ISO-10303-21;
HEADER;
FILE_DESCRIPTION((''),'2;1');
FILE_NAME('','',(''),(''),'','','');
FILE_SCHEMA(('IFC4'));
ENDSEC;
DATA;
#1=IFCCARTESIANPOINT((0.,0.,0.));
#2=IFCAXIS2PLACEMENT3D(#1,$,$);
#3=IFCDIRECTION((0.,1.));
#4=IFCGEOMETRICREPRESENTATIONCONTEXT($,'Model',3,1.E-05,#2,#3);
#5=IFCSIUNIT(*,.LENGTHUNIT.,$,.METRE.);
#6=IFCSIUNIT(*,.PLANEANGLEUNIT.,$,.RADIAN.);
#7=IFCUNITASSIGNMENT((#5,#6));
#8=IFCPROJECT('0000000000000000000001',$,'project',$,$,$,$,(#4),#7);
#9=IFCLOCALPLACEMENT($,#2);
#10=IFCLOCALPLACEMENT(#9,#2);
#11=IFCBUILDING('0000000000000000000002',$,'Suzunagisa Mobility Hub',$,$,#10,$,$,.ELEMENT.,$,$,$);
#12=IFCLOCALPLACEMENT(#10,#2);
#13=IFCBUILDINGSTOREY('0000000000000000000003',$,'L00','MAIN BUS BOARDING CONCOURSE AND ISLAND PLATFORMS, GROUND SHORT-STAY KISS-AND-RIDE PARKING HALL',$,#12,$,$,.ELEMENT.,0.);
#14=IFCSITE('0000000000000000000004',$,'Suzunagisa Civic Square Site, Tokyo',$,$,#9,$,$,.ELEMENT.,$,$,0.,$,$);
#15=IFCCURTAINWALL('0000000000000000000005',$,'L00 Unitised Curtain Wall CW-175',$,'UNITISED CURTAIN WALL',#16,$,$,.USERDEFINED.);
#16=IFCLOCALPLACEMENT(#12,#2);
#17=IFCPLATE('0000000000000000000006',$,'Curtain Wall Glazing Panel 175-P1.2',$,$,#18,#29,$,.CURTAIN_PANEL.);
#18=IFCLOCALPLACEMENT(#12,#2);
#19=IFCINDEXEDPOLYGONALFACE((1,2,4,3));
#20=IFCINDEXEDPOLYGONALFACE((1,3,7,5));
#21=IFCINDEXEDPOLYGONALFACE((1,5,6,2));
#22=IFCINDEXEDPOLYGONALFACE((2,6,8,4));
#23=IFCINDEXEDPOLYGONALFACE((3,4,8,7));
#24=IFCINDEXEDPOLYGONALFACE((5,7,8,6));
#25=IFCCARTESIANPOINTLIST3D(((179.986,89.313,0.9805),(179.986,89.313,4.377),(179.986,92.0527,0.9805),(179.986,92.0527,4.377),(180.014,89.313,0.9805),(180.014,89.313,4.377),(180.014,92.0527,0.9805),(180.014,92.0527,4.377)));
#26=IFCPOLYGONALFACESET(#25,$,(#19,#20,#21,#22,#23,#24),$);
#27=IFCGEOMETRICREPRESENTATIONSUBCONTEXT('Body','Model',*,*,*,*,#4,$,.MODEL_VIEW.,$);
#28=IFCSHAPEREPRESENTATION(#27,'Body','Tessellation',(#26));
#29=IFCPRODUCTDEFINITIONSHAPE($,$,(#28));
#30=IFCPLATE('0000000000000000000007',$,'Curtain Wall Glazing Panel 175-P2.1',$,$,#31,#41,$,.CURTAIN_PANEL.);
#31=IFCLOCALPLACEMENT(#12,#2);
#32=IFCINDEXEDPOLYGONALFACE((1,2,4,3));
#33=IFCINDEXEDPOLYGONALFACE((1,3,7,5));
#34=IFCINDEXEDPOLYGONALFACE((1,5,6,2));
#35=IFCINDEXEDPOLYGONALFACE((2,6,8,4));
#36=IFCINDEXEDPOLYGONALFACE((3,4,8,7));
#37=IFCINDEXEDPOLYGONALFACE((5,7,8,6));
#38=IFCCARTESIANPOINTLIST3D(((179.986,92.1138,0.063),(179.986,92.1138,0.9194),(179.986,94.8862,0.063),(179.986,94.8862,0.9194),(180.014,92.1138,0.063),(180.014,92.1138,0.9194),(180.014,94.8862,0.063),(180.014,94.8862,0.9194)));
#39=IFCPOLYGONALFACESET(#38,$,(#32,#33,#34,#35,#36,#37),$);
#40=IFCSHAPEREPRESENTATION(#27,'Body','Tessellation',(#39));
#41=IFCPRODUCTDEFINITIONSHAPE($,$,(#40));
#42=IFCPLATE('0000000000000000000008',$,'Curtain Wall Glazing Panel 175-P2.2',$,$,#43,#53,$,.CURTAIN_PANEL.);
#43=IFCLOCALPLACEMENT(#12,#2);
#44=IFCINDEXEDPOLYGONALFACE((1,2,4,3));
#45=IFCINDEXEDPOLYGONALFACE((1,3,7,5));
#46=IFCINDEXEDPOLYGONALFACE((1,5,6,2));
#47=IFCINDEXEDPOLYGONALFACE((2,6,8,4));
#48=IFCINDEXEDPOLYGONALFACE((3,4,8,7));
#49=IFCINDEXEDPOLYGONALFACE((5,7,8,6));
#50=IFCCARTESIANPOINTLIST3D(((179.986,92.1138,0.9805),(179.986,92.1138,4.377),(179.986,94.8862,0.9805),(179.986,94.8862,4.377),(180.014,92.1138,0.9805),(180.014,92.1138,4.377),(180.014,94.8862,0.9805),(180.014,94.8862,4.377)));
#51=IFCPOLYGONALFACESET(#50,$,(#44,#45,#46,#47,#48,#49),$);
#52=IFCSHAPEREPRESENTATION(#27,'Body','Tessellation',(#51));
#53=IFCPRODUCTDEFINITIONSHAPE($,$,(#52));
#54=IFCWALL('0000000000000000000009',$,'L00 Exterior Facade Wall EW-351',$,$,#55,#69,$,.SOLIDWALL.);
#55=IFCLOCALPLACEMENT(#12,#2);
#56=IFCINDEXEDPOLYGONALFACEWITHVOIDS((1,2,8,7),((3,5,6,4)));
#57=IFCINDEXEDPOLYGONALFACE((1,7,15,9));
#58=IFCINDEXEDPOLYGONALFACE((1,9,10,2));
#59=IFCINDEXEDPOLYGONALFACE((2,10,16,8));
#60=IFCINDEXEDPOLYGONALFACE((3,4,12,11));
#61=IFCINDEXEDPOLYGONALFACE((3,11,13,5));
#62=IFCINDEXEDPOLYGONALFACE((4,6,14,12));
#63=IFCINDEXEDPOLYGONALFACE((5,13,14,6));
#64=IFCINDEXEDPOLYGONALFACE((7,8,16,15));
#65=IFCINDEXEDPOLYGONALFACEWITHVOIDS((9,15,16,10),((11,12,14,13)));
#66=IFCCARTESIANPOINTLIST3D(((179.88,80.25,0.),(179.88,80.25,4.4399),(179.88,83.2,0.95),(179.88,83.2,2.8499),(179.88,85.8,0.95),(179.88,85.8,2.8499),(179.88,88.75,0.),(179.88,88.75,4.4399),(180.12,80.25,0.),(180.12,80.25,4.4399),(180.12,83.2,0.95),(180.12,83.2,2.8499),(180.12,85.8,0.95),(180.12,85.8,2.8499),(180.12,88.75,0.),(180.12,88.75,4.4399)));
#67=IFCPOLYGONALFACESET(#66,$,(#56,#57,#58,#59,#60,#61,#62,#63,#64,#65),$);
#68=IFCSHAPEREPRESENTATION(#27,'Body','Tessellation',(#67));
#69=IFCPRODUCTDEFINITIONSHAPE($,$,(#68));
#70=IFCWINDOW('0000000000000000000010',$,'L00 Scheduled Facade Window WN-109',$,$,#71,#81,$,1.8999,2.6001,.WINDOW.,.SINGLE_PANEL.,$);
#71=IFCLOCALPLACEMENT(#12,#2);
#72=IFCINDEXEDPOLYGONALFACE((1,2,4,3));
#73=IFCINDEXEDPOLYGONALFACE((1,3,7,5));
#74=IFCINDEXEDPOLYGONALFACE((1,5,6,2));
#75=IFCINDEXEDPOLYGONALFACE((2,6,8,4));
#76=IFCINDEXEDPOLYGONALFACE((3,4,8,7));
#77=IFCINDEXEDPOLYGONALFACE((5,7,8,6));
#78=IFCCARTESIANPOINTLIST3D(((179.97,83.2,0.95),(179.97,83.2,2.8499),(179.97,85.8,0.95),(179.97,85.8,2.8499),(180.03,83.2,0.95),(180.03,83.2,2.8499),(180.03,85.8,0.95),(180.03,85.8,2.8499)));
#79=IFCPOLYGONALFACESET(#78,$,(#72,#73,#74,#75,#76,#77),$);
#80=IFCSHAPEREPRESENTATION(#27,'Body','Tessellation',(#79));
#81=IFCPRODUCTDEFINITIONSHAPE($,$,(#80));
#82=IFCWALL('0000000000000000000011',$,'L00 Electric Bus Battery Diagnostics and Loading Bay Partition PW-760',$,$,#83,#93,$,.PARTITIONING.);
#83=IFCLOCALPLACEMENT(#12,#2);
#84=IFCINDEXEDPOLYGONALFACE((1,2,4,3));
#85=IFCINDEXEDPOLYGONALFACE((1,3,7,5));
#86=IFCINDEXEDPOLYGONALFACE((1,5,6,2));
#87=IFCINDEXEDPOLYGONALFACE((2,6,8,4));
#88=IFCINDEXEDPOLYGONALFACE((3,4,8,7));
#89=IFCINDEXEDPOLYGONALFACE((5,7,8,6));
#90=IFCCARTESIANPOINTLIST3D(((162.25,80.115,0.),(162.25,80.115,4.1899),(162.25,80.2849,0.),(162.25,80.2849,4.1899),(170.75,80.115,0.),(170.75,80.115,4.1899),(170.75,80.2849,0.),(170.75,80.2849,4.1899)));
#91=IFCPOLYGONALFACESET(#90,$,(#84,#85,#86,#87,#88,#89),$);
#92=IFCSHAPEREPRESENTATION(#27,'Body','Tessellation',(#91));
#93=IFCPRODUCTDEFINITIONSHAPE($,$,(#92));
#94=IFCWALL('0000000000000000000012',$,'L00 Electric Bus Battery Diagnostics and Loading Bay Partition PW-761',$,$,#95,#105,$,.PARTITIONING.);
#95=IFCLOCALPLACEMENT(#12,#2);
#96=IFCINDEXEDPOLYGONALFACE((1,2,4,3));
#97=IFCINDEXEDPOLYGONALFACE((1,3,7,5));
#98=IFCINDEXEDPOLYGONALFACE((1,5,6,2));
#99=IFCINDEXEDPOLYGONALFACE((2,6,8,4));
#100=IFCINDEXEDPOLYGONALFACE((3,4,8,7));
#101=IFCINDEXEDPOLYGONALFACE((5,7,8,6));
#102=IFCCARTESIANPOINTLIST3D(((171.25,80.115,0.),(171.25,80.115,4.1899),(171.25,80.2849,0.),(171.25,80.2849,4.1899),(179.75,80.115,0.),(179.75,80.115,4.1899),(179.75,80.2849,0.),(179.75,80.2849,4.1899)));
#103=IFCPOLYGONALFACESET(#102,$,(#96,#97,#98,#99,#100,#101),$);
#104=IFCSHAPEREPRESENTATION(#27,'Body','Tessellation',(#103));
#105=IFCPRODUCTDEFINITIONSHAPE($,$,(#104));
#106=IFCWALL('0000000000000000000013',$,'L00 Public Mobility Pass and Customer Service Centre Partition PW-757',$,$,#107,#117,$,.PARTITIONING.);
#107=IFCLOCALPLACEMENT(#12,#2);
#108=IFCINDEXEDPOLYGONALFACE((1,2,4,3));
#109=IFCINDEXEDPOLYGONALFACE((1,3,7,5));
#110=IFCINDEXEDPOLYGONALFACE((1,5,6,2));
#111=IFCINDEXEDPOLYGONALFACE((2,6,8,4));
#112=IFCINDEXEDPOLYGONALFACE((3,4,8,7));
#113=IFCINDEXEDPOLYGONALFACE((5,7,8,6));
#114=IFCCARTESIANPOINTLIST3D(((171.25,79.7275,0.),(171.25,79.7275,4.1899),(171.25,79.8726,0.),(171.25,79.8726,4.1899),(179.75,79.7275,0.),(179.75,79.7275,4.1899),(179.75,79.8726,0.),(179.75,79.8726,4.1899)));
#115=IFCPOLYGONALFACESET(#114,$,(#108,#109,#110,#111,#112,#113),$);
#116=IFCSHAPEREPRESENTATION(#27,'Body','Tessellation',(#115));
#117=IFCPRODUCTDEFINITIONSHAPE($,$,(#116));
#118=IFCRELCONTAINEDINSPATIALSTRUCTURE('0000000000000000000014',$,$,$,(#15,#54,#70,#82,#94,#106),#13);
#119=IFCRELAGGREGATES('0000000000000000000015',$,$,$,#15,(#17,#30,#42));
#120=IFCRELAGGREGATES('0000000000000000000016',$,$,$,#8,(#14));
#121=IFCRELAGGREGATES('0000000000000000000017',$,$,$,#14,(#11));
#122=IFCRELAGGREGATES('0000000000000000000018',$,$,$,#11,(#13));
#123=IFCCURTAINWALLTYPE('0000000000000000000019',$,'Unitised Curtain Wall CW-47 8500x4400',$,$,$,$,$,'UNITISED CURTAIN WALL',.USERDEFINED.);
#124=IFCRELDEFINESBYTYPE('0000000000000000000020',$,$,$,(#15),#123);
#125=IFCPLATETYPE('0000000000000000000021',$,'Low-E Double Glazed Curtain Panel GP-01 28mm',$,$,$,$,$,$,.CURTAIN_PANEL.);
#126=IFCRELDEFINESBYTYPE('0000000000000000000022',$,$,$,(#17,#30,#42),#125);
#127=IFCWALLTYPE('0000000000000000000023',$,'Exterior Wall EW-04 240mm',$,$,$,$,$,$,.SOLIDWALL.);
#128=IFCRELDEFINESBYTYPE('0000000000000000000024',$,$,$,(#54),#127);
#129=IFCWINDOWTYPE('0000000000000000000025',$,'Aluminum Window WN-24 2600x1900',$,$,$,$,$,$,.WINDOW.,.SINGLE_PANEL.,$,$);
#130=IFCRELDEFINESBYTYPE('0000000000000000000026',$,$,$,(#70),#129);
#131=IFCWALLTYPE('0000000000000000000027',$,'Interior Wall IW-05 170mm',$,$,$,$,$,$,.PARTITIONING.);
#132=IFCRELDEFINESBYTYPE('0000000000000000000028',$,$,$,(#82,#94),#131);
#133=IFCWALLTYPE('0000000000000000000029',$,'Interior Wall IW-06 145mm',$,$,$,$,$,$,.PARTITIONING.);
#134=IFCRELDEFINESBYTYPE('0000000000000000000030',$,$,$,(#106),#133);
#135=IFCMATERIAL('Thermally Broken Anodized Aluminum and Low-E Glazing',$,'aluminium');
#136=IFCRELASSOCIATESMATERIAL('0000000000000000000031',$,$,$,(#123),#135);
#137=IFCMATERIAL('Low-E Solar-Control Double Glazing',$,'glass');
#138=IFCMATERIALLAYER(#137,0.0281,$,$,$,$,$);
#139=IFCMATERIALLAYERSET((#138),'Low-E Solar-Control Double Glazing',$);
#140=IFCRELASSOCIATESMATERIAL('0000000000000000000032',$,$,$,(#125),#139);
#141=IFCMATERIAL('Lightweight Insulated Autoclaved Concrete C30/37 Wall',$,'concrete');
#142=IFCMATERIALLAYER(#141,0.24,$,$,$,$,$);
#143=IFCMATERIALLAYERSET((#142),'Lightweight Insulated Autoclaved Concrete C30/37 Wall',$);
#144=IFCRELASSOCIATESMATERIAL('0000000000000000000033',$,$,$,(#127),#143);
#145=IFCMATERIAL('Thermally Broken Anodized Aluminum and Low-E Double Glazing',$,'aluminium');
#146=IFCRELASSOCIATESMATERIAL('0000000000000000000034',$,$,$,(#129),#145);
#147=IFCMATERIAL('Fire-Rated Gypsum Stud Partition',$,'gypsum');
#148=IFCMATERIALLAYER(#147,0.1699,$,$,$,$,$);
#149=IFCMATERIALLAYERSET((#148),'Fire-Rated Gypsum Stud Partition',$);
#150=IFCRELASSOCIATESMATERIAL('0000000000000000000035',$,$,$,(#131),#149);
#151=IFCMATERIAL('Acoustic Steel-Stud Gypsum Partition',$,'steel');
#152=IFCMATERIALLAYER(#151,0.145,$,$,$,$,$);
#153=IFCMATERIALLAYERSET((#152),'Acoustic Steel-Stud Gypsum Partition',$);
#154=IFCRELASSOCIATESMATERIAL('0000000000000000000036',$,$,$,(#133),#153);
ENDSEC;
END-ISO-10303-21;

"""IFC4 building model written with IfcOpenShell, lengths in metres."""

from ifc_helpers import new_model, si_unit, direction, frame, frame_2d, origin, origin_2d, place, context, subcontext, project, spatial, rectangle, extrude, material, layer, layer_set, type_object, element, fill, aggregate, save


model = new_model("IFC4")

# Units and contexts
model_context = context("Model", 3, precision=1e-05, world=origin(), true_north=direction((0.0, 1.0)))
body_context = subcontext(model_context, "Body", "Model", "MODEL_VIEW")
ifc_project = project(units=[si_unit("LENGTHUNIT", "METRE"), si_unit("PLANEANGLEUNIT", "RADIAN")], contexts=[model_context])

# Site, building, storey
site_placement = place(None, origin())
site = spatial("IfcSite", under=ifc_project, at=site_placement, Name="Suzunagisa Civic Square Site, Tokyo", CompositionType="ELEMENT", RefElevation=0.0)
building_placement = place(site_placement, origin())
building = spatial("IfcBuilding", under=site, at=building_placement, Name="Suzunagisa Mobility Hub", CompositionType="ELEMENT")
storey_placement = place(building_placement, origin())
storey = spatial("IfcBuildingStorey", under=building, at=storey_placement, Name="L00", Description="MAIN BUS BOARDING CONCOURSE AND ISLAND PLATFORMS, GROUND SHORT-STAY KISS-AND-RIDE PARKING HALL", CompositionType="ELEMENT", Elevation=0.0)

# Curtain wall
ifc_material_1 = material(Name="Thermally Broken Anodized Aluminum and Low-E Glazing", Category="aluminium")
curtain_wall_type = type_object("IfcCurtainWallType", Name="Unitised Curtain Wall CW-47 8500x4400", ElementType="UNITISED CURTAIN WALL", PredefinedType="USERDEFINED", material=ifc_material_1)
curtain_wall_placement = place(storey_placement, origin())
curtain_wall = element("IfcCurtainWall", 1, at=curtain_wall_placement, inside=storey, type_object=curtain_wall_type, Name="L00 Unitised Curtain Wall CW-175", ObjectType="UNITISED CURTAIN WALL", PredefinedType="USERDEFINED")

# Plates
ifc_material_2 = material(Name="Low-E Solar-Control Double Glazing", Category="glass")
ifc_layer_1 = layer(ifc_material_2, 0.0281)
ifc_layer_set_1 = layer_set([ifc_layer_1], Name="Low-E Solar-Control Double Glazing")
plate_type = type_object("IfcPlateType", Name="Low-E Double Glazed Curtain Panel GP-01 28mm", PredefinedType="CURTAIN_PANEL", material=ifc_layer_set_1)
plate_1_placement = place(storey_placement, frame((180.0, 90.6829, 0.9805), z_axis=(0.0, 0.0, 1.0), x_axis=(0.0, 1.0, 0.0)))
plate_1 = element("IfcPlate", 2, at=plate_1_placement, type_object=plate_type, Name="Curtain Wall Glazing Panel 175-P1.2", PredefinedType="CURTAIN_PANEL", context=body_context, shape_type="SweptSolid", body=[
    extrude(rectangle(XDim=2.7397, YDim=0.0281, at=origin_2d()), origin(), (0.0, 0.0, 1.0), 3.3965),
])
plate_2_placement = place(storey_placement, frame((180.0, 93.5, 0.063), z_axis=(0.0, 0.0, 1.0), x_axis=(0.0, 1.0, 0.0)))
plate_2 = element("IfcPlate", 3, at=plate_2_placement, type_object=plate_type, Name="Curtain Wall Glazing Panel 175-P2.1", PredefinedType="CURTAIN_PANEL", context=body_context, shape_type="SweptSolid", body=[
    extrude(rectangle(XDim=2.7725, YDim=0.0281, at=origin_2d()), origin(), (0.0, 0.0, 1.0), 0.8564),
])
plate_3_placement = place(storey_placement, frame((180.0, 93.5, 0.9805), z_axis=(0.0, 0.0, 1.0), x_axis=(0.0, 1.0, 0.0)))
plate_3 = element("IfcPlate", 4, at=plate_3_placement, type_object=plate_type, Name="Curtain Wall Glazing Panel 175-P2.2", PredefinedType="CURTAIN_PANEL", context=body_context, shape_type="SweptSolid", body=[
    extrude(rectangle(XDim=2.7725, YDim=0.0281, at=origin_2d()), origin(), (0.0, 0.0, 1.0), 3.3965),
])
aggregate(curtain_wall, [plate_1, plate_2, plate_3])

# Wall, opening, window
ifc_material_3 = material(Name="Lightweight Insulated Autoclaved Concrete C30/37 Wall", Category="concrete")
ifc_layer_2 = layer(ifc_material_3, 0.24)
ifc_layer_set_2 = layer_set([ifc_layer_2], Name="Lightweight Insulated Autoclaved Concrete C30/37 Wall")
wall_type_1 = type_object("IfcWallType", Name="Exterior Wall EW-04 240mm", PredefinedType="SOLIDWALL", material=ifc_layer_set_2)
wall_1_placement = place(storey_placement, frame((180.0, 80.25, 0.0), z_axis=(0.0, 0.0, 1.0), x_axis=(0.0, 1.0, 0.0)))
wall_1 = element("IfcWall", 5, at=wall_1_placement, inside=storey, type_object=wall_type_1, Name="L00 Exterior Facade Wall EW-351", PredefinedType="SOLIDWALL", context=body_context, shape_type="SweptSolid", body=[
    extrude(rectangle(XDim=8.5, YDim=0.24, at=frame_2d((4.25, 0.0))), origin(), (0.0, 0.0, 1.0), 4.4399),
])
opening_placement = place(wall_1_placement, frame((2.95, 0.0, 0.95)))
opening = element("IfcOpeningElement", 6, at=opening_placement, cuts=wall_1, PredefinedType="OPENING", context=body_context, shape_type="SweptSolid", body=[
    extrude(rectangle(XDim=2.6001, YDim=1.8999, at=frame_2d((1.3, 0.95))), frame((0.0, 0.1309, 0.0), z_axis=(0.0, -1.0, 0.0), x_axis=(1.0, 0.0, 0.0)), (0.0, 0.0, 1.0), 0.262),
])
ifc_material_4 = material(Name="Thermally Broken Anodized Aluminum and Low-E Double Glazing", Category="aluminium")
window_type = type_object("IfcWindowType", Name="Aluminum Window WN-24 2600x1900", PartitioningType="SINGLE_PANEL", PredefinedType="WINDOW", material=ifc_material_4)
window_placement = place(opening_placement, origin())
window = element("IfcWindow", 7, at=window_placement, inside=storey, type_object=window_type, Name="L00 Scheduled Facade Window WN-109", OverallHeight=1.8999, OverallWidth=2.6001, PartitioningType="SINGLE_PANEL", PredefinedType="WINDOW", context=body_context, shape_type="SweptSolid", body=[
    extrude(rectangle(XDim=2.6001, YDim=1.8999, at=frame_2d((1.3, 0.95))), frame((0.0, 0.03, 0.0), z_axis=(0.0, -1.0, 0.0), x_axis=(1.0, 0.0, 0.0)), (0.0, 0.0, 1.0), 0.0601),
])
fill(opening, window)

# Walls
ifc_material_5 = material(Name="Fire-Rated Gypsum Stud Partition", Category="gypsum")
ifc_layer_3 = layer(ifc_material_5, 0.1699)
ifc_layer_set_3 = layer_set([ifc_layer_3], Name="Fire-Rated Gypsum Stud Partition")
wall_type_2 = type_object("IfcWallType", Name="Interior Wall IW-05 170mm", PredefinedType="PARTITIONING", material=ifc_layer_set_3)
for number, where, z_axis, x_axis, name in (
    (8, (162.25, 80.2, 0.0), (0.0, 0.0, 1.0), (1.0, 0.0, 0.0), "L00 Electric Bus Battery Diagnostics and Loading Bay Partition PW-760"),
    (9, (171.25, 80.2, 0.0), (0.0, 0.0, 1.0), (1.0, 0.0, 0.0), "L00 Electric Bus Battery Diagnostics and Loading Bay Partition PW-761"),
):
    element("IfcWall", number, at=place(storey_placement, frame(where, z_axis=z_axis, x_axis=x_axis)), inside=storey, type_object=wall_type_2, Name=name, PredefinedType="PARTITIONING", context=body_context, shape_type="SweptSolid", body=[
        extrude(rectangle(XDim=8.5, YDim=0.1699, at=frame_2d((4.25, 0.0))), origin(), (0.0, 0.0, 1.0), 4.1899),
    ])
ifc_material_6 = material(Name="Acoustic Steel-Stud Gypsum Partition", Category="steel")
ifc_layer_4 = layer(ifc_material_6, 0.145)
ifc_layer_set_4 = layer_set([ifc_layer_4], Name="Acoustic Steel-Stud Gypsum Partition")
wall_type_3 = type_object("IfcWallType", Name="Interior Wall IW-06 145mm", PredefinedType="PARTITIONING", material=ifc_layer_set_4)
wall_2_placement = place(storey_placement, frame((171.25, 79.8, 0.0), z_axis=(0.0, 0.0, 1.0), x_axis=(1.0, 0.0, 0.0)))
element("IfcWall", 10, at=wall_2_placement, inside=storey, type_object=wall_type_3, Name="L00 Public Mobility Pass and Customer Service Centre Partition PW-757", PredefinedType="PARTITIONING", context=body_context, shape_type="SweptSolid", body=[
    extrude(rectangle(XDim=8.5, YDim=0.145, at=frame_2d((4.25, 0.0))), origin(), (0.0, 0.0, 1.0), 4.1899),
])

save(model, "model.ifc")
